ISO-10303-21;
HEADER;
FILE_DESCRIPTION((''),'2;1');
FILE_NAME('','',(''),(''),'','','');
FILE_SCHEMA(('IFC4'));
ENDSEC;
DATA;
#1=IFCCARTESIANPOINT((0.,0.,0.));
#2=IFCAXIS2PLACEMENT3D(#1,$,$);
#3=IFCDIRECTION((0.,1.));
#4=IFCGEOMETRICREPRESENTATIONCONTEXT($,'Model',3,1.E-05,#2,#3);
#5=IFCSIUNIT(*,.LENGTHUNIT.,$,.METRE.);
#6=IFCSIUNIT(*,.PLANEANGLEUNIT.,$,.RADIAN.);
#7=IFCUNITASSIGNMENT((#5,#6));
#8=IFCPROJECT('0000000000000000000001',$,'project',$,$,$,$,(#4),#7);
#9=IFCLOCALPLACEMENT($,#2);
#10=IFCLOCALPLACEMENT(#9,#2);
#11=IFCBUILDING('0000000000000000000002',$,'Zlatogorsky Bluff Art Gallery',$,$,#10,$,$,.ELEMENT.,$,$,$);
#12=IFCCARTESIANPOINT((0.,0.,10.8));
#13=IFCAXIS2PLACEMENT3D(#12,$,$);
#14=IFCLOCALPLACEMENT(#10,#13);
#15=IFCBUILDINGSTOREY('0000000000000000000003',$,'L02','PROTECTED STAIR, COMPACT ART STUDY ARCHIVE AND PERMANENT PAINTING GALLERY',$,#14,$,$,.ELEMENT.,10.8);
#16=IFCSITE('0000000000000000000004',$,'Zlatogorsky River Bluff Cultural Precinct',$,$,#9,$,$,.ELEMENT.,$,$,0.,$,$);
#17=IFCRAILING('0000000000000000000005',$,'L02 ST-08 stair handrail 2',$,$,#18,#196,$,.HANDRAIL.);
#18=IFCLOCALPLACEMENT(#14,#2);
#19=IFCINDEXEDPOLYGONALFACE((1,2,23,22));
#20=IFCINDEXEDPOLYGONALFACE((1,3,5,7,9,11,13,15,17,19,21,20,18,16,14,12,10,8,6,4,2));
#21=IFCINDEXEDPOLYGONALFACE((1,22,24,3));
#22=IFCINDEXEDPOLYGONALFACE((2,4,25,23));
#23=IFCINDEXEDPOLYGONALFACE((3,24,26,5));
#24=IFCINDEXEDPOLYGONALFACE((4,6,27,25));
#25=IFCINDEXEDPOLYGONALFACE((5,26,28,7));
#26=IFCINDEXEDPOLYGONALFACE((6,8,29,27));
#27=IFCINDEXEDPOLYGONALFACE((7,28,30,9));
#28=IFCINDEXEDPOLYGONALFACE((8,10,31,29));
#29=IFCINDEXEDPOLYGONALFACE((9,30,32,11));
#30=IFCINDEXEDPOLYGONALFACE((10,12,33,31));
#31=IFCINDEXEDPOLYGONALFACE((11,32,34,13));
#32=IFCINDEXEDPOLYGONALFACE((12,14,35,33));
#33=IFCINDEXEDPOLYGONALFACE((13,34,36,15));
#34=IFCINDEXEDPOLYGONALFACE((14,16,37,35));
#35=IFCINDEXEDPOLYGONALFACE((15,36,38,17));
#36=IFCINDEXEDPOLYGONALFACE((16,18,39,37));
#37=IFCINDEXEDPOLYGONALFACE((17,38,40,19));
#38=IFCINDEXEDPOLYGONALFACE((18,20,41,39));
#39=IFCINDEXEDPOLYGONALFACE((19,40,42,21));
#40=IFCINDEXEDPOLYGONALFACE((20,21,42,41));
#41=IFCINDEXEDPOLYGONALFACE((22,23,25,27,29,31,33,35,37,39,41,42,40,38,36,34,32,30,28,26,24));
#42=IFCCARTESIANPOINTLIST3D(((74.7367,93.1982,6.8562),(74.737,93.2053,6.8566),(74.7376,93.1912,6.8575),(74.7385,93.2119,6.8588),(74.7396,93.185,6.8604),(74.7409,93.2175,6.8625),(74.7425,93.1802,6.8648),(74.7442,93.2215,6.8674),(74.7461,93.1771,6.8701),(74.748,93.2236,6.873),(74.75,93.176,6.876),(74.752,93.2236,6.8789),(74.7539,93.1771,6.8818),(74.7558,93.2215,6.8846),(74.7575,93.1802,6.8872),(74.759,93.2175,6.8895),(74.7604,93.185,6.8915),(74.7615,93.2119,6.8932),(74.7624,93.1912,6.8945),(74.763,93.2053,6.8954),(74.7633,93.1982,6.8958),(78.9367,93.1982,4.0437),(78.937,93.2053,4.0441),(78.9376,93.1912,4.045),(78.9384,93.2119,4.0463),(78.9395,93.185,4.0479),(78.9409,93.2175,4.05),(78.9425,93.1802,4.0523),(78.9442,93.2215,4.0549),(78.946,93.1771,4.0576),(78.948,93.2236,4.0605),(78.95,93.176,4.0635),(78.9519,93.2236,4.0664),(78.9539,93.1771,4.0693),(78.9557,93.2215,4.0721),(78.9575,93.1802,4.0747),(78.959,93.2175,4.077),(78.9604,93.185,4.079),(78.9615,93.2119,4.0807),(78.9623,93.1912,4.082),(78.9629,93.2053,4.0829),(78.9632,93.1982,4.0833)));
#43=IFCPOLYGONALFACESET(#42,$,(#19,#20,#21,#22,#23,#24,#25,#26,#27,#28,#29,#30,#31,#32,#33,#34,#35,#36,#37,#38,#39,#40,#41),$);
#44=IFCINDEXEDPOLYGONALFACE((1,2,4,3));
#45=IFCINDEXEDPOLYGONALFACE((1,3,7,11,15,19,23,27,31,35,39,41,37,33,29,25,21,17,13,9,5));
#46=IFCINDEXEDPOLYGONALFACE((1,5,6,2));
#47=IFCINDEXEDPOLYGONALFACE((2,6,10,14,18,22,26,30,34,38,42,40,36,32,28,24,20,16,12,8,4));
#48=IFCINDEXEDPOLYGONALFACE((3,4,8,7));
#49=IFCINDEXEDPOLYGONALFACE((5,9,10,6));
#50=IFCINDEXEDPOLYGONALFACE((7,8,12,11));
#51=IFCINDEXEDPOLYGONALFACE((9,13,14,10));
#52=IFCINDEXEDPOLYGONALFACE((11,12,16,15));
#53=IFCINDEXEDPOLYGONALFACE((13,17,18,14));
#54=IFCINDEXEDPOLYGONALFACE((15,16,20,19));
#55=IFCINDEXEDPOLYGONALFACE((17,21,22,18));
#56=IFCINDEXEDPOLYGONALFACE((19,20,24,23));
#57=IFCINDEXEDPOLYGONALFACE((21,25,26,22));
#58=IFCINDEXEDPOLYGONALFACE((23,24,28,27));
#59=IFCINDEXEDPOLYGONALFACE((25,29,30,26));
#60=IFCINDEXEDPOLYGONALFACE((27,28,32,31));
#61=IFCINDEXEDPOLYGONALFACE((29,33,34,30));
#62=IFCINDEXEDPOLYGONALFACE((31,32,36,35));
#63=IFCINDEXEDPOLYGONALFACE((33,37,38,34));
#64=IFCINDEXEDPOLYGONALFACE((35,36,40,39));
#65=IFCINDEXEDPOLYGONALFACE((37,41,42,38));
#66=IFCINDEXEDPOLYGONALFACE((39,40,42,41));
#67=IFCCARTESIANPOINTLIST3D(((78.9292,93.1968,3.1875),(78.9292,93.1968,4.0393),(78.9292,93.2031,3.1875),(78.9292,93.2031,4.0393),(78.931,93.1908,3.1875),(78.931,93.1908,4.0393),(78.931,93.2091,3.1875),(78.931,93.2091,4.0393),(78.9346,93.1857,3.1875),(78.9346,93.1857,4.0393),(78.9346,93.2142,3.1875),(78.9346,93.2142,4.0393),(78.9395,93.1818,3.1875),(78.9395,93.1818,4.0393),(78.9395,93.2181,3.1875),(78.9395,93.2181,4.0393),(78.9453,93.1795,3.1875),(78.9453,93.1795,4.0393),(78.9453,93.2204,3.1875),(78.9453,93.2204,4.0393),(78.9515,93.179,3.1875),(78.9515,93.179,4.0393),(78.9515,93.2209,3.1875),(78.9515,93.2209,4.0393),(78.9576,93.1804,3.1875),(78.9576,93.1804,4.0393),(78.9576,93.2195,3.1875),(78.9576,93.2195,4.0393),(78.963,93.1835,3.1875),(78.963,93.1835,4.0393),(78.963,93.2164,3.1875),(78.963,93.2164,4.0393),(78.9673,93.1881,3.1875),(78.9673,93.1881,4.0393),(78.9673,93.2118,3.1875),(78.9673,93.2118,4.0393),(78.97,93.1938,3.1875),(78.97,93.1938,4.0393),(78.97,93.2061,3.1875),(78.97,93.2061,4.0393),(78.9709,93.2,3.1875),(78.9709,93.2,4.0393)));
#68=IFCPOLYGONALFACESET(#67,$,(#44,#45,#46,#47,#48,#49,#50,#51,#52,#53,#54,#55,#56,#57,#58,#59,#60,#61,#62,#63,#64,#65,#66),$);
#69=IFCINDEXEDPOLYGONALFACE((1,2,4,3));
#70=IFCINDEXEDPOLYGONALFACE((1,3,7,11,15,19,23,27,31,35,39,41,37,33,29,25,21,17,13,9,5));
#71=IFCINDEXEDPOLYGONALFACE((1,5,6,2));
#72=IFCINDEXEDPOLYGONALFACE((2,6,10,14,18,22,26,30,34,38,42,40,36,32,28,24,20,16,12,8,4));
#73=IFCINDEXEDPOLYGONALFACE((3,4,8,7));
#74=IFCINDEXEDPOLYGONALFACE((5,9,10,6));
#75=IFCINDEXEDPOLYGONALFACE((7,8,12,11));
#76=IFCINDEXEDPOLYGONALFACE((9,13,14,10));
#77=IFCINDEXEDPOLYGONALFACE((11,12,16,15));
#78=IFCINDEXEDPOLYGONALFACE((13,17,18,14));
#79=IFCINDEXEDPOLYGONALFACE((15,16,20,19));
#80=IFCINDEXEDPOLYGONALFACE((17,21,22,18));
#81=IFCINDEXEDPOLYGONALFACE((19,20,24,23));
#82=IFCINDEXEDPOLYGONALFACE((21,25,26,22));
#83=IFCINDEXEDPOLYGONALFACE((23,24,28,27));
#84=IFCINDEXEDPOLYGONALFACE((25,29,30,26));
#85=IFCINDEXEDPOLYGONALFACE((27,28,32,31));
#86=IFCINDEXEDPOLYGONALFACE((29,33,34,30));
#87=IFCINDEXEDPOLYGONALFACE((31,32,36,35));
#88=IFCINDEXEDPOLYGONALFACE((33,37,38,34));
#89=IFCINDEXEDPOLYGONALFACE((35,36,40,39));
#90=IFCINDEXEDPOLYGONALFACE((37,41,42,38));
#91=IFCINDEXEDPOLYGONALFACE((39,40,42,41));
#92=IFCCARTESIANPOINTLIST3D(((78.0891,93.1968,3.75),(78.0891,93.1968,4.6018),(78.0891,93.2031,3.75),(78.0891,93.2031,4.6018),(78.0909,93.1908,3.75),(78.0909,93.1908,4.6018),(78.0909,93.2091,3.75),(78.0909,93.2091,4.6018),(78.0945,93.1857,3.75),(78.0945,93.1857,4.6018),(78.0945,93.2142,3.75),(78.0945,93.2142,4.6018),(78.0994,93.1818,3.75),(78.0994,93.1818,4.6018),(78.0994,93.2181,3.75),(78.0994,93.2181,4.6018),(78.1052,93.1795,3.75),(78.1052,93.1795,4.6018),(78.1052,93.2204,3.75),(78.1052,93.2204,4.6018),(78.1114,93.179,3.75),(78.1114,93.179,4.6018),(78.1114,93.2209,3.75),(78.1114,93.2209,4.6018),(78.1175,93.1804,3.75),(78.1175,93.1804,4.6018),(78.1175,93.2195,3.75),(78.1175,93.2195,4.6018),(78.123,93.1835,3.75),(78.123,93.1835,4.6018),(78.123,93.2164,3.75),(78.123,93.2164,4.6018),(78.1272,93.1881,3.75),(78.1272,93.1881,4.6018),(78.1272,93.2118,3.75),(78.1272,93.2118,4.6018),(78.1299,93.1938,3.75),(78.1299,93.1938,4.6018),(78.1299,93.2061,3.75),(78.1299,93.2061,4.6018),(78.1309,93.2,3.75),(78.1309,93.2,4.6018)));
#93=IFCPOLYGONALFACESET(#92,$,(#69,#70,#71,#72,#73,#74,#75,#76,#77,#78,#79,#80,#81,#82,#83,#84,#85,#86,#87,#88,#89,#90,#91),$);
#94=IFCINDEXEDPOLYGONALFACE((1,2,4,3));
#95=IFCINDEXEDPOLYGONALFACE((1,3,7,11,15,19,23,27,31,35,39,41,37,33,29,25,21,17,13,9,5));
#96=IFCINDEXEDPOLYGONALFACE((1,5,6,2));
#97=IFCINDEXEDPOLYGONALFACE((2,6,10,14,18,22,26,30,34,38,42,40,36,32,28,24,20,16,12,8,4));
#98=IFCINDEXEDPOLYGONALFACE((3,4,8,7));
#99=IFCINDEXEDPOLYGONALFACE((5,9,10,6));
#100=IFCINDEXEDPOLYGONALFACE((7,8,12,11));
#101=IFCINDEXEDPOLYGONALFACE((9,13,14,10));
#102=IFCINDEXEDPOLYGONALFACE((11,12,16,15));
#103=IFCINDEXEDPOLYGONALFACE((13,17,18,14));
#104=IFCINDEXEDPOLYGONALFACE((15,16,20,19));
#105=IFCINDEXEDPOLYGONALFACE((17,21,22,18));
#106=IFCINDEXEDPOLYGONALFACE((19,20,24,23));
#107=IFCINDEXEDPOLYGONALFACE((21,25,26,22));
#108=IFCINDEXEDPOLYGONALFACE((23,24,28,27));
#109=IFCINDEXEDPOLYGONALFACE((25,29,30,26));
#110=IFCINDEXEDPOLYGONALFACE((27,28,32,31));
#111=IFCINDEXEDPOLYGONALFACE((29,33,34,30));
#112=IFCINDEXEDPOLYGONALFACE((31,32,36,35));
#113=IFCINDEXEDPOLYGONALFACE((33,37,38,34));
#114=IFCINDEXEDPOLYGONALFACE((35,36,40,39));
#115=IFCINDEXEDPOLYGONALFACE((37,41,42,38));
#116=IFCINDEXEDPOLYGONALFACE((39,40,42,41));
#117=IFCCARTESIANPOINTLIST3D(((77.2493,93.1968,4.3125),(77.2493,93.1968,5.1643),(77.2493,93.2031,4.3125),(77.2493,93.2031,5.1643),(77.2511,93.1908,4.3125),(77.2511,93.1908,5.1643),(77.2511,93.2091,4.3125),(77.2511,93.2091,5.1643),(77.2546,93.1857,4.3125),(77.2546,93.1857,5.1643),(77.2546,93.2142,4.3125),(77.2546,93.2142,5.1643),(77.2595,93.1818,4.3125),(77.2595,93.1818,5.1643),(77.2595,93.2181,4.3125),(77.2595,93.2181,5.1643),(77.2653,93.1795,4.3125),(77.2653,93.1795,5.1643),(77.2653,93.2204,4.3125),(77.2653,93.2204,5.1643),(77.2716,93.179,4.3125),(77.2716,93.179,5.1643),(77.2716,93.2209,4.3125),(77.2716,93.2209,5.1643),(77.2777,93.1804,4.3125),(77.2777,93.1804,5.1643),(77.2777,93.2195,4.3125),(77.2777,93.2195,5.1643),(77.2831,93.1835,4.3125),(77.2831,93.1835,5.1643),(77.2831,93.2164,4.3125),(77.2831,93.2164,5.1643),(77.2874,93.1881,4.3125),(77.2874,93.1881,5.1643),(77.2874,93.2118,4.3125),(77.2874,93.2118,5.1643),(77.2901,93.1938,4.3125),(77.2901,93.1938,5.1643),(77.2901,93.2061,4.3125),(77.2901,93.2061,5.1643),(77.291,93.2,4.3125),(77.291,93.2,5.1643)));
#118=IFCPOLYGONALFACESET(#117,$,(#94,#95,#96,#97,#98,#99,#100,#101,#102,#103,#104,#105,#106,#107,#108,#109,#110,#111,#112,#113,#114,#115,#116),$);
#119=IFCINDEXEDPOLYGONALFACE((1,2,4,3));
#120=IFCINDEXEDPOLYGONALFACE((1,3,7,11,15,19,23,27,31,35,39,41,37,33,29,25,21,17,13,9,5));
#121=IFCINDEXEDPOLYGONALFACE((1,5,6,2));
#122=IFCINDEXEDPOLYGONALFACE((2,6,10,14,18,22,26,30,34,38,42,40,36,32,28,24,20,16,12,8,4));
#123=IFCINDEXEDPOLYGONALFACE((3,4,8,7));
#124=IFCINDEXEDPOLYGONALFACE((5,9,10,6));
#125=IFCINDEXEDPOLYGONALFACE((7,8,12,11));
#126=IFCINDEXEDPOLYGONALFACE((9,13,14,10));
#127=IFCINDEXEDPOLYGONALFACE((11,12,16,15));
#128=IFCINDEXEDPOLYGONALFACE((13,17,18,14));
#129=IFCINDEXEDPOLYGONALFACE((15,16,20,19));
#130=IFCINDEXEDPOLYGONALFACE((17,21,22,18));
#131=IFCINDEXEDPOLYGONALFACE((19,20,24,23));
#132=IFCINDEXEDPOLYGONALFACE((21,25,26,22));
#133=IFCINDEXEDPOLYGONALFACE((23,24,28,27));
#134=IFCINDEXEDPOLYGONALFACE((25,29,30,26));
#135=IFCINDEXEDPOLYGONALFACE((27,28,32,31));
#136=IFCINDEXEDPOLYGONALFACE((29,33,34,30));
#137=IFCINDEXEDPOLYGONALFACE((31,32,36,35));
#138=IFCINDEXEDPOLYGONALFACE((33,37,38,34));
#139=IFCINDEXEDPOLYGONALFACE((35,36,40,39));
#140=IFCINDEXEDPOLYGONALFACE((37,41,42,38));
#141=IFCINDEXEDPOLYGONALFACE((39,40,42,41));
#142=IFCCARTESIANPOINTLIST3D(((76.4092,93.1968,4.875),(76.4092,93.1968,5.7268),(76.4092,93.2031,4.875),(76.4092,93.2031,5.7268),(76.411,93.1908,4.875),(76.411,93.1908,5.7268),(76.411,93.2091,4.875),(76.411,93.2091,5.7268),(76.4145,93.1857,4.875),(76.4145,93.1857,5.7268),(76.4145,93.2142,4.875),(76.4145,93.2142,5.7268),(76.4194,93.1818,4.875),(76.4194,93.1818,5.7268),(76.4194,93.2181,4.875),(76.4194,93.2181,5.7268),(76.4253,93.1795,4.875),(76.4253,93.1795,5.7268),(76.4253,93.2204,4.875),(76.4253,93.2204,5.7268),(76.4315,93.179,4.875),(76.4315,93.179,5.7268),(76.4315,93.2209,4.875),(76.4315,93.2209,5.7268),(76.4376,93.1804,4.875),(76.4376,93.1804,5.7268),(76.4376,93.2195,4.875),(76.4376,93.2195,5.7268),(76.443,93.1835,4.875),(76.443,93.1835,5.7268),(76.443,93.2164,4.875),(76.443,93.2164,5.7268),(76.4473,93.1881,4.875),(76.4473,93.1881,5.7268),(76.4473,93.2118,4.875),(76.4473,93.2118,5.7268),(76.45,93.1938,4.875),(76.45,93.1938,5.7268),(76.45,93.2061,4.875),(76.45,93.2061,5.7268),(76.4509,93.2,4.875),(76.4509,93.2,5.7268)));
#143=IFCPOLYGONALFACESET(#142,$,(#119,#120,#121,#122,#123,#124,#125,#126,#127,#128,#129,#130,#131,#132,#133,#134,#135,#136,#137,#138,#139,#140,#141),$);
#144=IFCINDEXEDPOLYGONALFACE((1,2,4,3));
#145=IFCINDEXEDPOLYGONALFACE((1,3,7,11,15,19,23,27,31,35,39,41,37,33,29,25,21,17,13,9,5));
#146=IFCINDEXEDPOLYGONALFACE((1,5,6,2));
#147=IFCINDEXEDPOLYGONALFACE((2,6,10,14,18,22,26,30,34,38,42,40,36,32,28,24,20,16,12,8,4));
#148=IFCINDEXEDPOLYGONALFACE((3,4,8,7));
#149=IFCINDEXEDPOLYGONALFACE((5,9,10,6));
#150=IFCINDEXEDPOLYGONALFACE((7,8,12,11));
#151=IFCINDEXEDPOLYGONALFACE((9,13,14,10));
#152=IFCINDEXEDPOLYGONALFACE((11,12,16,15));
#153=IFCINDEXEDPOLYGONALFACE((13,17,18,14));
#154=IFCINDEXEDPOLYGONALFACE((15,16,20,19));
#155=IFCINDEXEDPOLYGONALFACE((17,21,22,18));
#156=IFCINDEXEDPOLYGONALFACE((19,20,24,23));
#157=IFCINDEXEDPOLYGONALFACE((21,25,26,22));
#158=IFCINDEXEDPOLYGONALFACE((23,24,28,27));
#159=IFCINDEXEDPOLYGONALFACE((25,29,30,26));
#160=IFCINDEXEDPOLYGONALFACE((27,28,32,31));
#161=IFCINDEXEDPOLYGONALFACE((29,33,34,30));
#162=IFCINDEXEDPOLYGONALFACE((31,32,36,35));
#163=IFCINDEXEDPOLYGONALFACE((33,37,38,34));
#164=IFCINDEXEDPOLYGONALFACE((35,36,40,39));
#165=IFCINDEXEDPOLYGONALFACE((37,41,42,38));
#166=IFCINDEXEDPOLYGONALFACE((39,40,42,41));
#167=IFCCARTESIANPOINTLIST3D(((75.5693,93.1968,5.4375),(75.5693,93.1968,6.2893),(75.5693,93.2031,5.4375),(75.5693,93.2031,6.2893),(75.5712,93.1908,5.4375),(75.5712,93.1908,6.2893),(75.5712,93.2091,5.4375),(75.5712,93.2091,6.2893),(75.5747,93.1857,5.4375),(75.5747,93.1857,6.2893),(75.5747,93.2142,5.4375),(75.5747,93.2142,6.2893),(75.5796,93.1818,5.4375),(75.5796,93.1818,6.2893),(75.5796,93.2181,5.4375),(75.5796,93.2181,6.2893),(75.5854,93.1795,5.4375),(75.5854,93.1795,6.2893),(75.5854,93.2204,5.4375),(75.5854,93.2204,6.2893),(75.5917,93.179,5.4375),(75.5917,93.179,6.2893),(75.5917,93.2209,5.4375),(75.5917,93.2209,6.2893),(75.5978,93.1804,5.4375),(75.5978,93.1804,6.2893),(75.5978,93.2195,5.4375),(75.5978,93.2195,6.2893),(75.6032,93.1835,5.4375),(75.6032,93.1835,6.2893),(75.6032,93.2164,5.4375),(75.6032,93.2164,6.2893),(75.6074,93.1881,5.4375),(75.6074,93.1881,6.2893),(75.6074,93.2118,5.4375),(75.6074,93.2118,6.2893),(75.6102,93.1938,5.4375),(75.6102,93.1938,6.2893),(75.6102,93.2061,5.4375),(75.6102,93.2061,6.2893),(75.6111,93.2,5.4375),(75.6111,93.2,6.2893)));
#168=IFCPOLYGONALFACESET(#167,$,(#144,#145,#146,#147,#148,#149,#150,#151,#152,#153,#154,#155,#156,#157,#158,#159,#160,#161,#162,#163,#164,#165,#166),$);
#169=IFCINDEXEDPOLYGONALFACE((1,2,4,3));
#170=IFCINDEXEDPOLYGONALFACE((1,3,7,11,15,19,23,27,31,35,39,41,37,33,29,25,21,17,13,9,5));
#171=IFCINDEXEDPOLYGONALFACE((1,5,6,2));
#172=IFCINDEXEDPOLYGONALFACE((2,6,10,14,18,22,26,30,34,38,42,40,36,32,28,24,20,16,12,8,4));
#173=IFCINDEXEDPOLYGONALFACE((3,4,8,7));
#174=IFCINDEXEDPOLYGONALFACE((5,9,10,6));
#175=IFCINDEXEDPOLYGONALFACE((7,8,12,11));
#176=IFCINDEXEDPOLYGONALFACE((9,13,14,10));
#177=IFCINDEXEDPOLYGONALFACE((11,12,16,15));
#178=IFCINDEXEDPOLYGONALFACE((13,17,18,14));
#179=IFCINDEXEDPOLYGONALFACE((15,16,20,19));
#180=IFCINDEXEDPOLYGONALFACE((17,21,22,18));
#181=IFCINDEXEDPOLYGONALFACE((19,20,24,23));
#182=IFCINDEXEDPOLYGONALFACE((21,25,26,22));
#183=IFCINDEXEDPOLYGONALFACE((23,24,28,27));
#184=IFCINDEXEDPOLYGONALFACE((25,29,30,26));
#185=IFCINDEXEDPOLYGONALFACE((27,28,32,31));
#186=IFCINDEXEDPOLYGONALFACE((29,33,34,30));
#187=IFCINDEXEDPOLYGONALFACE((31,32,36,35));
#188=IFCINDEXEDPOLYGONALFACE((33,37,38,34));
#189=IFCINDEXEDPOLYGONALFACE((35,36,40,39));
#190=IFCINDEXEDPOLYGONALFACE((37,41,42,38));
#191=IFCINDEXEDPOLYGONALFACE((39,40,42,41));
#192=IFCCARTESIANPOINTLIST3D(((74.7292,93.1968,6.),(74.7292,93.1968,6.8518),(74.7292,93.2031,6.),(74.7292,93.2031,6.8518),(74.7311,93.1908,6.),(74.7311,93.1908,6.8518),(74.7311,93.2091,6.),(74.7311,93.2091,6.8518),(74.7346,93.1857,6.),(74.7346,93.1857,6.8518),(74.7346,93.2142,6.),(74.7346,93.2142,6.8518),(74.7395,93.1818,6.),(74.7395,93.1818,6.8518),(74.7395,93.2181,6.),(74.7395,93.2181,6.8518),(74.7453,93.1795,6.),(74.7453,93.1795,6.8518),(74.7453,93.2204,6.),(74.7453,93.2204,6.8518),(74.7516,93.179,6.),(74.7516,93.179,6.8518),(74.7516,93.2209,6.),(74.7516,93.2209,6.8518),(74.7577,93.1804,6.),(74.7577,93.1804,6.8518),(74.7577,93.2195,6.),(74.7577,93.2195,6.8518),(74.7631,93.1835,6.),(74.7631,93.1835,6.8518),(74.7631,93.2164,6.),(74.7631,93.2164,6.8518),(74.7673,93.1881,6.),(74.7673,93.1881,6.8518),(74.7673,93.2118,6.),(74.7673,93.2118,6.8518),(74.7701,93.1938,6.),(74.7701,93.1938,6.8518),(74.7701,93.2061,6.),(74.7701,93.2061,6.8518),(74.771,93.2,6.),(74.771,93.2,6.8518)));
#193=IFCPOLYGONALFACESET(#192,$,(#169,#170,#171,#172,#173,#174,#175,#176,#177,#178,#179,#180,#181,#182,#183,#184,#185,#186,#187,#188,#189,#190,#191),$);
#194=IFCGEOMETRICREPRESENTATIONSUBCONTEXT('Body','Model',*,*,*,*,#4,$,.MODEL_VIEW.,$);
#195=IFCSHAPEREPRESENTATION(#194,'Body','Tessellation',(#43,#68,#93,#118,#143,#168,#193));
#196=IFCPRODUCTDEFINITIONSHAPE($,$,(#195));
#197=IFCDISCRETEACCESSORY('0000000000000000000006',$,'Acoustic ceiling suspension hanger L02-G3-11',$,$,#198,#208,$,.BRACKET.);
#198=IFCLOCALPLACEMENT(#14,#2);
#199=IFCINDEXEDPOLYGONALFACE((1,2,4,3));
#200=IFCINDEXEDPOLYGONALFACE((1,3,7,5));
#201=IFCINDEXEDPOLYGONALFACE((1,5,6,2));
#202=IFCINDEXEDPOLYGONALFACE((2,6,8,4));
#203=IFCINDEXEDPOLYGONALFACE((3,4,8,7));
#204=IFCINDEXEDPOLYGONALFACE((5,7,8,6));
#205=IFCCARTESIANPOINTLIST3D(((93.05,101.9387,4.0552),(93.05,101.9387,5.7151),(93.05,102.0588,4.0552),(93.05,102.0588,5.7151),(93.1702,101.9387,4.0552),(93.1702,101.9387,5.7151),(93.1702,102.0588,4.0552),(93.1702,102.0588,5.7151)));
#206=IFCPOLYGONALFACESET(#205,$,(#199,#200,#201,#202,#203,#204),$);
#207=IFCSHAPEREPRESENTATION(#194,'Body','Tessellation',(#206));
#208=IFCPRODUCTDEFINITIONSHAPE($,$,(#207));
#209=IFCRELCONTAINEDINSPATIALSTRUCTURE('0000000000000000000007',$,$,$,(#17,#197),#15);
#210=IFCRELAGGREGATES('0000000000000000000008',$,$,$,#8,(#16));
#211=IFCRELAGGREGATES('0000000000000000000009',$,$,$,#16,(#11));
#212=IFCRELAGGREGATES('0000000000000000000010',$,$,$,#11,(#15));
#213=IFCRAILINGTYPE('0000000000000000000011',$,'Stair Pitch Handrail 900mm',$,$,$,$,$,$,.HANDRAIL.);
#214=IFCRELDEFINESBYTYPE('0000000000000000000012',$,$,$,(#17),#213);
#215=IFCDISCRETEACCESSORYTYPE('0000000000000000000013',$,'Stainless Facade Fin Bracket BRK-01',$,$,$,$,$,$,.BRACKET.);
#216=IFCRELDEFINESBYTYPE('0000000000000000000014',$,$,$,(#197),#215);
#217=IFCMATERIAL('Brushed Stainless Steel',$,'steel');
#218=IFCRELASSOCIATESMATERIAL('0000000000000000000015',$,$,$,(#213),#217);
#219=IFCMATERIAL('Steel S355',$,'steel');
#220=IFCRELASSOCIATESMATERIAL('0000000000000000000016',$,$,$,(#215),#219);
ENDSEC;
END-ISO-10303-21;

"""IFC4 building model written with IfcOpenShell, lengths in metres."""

from ifc_helpers import new_model, si_unit, direction, frame, origin, origin_2d, place, context, subcontext, project, spatial, rectangle, circle, extrude, material, type_object, element, save


model = new_model("IFC4")

# Units and contexts
model_context = context("Model", 3, precision=1e-05, world=origin(), true_north=direction((0.0, 1.0)))
body_context = subcontext(model_context, "Body", "Model", "MODEL_VIEW")
ifc_project = project(units=[si_unit("LENGTHUNIT", "METRE"), si_unit("PLANEANGLEUNIT", "RADIAN")], contexts=[model_context])

# Site, building, storey
site_placement = place(None, origin())
site = spatial("IfcSite", under=ifc_project, at=site_placement, Name="Zlatogorsky River Bluff Cultural Precinct", CompositionType="ELEMENT", RefElevation=0.0)
building_placement = place(site_placement, origin())
building = spatial("IfcBuilding", under=site, at=building_placement, Name="Zlatogorsky Bluff Art Gallery", CompositionType="ELEMENT")
storey_placement = place(building_placement, frame((0.0, 0.0, 10.8)))
storey = spatial("IfcBuildingStorey", under=building, at=storey_placement, Name="L02", Description="PROTECTED STAIR, COMPACT ART STUDY ARCHIVE AND PERMANENT PAINTING GALLERY", CompositionType="ELEMENT", Elevation=10.8)

# Shared definitions
ifc_material_1 = material(Name="Steel S355", Category="steel")

# Railing
ifc_material_2 = material(Name="Brushed Stainless Steel", Category="steel")
railing_type = type_object("IfcRailingType", Name="Stair Pitch Handrail 900mm", PredefinedType="HANDRAIL", material=ifc_material_2)
railing_placement = place(storey_placement, frame((78.95, 93.2, 3.1875)))
element("IfcRailing", 1, at=railing_placement, inside=storey, type_object=railing_type, Name="L02 ST-08 stair handrail 2", PredefinedType="HANDRAIL", context=body_context, shape_type="SweptSolid", body=[
    extrude(circle(Radius=0.0239, at=origin_2d()), frame((0.0, 0.0, 0.876), z_axis=(-0.830904, 0.0, 0.556416), x_axis=(0.0, -1.0, 0.0)), (0.0, 0.0, 1.0), 5.0547),
    extrude(circle(Radius=0.021, at=origin_2d()), origin(), (0.0, 0.0, 1.0), 0.8518),
    extrude(circle(Radius=0.021, at=origin_2d()), frame((-0.8401, 0.0, 0.5625)), (0.0, 0.0, 1.0), 0.8518),
    extrude(circle(Radius=0.021, at=origin_2d()), frame((-1.6799, 0.0, 1.125)), (0.0, 0.0, 1.0), 0.8518),
    extrude(circle(Radius=0.021, at=origin_2d()), frame((-2.52, 0.0, 1.6875)), (0.0, 0.0, 1.0), 0.8518),
    extrude(circle(Radius=0.021, at=origin_2d()), frame((-3.3599, 0.0, 2.25)), (0.0, 0.0, 1.0), 0.8518),
    extrude(circle(Radius=0.021, at=origin_2d()), frame((-4.2, 0.0, 2.8125)), (0.0, 0.0, 1.0), 0.8518),
])

# Discrete accessory
discrete_accessory_type = type_object("IfcDiscreteAccessoryType", Name="Stainless Facade Fin Bracket BRK-01", PredefinedType="BRACKET", material=ifc_material_1)
discrete_accessory_placement = place(storey_placement, frame((93.1101, 101.9988, 4.0552), z_axis=(0.0, 0.0, 1.0), x_axis=(1.0, 0.0, 0.0)))
element("IfcDiscreteAccessory", 2, at=discrete_accessory_placement, inside=storey, type_object=discrete_accessory_type, Name="Acoustic ceiling suspension hanger L02-G3-11", PredefinedType="BRACKET", context=body_context, shape_type="SweptSolid", body=[
    extrude(rectangle(XDim=0.1201, YDim=0.1201, at=origin_2d()), origin(), (0.0, 0.0, 1.0), 1.6599),
])

save(model, "model.ifc")
